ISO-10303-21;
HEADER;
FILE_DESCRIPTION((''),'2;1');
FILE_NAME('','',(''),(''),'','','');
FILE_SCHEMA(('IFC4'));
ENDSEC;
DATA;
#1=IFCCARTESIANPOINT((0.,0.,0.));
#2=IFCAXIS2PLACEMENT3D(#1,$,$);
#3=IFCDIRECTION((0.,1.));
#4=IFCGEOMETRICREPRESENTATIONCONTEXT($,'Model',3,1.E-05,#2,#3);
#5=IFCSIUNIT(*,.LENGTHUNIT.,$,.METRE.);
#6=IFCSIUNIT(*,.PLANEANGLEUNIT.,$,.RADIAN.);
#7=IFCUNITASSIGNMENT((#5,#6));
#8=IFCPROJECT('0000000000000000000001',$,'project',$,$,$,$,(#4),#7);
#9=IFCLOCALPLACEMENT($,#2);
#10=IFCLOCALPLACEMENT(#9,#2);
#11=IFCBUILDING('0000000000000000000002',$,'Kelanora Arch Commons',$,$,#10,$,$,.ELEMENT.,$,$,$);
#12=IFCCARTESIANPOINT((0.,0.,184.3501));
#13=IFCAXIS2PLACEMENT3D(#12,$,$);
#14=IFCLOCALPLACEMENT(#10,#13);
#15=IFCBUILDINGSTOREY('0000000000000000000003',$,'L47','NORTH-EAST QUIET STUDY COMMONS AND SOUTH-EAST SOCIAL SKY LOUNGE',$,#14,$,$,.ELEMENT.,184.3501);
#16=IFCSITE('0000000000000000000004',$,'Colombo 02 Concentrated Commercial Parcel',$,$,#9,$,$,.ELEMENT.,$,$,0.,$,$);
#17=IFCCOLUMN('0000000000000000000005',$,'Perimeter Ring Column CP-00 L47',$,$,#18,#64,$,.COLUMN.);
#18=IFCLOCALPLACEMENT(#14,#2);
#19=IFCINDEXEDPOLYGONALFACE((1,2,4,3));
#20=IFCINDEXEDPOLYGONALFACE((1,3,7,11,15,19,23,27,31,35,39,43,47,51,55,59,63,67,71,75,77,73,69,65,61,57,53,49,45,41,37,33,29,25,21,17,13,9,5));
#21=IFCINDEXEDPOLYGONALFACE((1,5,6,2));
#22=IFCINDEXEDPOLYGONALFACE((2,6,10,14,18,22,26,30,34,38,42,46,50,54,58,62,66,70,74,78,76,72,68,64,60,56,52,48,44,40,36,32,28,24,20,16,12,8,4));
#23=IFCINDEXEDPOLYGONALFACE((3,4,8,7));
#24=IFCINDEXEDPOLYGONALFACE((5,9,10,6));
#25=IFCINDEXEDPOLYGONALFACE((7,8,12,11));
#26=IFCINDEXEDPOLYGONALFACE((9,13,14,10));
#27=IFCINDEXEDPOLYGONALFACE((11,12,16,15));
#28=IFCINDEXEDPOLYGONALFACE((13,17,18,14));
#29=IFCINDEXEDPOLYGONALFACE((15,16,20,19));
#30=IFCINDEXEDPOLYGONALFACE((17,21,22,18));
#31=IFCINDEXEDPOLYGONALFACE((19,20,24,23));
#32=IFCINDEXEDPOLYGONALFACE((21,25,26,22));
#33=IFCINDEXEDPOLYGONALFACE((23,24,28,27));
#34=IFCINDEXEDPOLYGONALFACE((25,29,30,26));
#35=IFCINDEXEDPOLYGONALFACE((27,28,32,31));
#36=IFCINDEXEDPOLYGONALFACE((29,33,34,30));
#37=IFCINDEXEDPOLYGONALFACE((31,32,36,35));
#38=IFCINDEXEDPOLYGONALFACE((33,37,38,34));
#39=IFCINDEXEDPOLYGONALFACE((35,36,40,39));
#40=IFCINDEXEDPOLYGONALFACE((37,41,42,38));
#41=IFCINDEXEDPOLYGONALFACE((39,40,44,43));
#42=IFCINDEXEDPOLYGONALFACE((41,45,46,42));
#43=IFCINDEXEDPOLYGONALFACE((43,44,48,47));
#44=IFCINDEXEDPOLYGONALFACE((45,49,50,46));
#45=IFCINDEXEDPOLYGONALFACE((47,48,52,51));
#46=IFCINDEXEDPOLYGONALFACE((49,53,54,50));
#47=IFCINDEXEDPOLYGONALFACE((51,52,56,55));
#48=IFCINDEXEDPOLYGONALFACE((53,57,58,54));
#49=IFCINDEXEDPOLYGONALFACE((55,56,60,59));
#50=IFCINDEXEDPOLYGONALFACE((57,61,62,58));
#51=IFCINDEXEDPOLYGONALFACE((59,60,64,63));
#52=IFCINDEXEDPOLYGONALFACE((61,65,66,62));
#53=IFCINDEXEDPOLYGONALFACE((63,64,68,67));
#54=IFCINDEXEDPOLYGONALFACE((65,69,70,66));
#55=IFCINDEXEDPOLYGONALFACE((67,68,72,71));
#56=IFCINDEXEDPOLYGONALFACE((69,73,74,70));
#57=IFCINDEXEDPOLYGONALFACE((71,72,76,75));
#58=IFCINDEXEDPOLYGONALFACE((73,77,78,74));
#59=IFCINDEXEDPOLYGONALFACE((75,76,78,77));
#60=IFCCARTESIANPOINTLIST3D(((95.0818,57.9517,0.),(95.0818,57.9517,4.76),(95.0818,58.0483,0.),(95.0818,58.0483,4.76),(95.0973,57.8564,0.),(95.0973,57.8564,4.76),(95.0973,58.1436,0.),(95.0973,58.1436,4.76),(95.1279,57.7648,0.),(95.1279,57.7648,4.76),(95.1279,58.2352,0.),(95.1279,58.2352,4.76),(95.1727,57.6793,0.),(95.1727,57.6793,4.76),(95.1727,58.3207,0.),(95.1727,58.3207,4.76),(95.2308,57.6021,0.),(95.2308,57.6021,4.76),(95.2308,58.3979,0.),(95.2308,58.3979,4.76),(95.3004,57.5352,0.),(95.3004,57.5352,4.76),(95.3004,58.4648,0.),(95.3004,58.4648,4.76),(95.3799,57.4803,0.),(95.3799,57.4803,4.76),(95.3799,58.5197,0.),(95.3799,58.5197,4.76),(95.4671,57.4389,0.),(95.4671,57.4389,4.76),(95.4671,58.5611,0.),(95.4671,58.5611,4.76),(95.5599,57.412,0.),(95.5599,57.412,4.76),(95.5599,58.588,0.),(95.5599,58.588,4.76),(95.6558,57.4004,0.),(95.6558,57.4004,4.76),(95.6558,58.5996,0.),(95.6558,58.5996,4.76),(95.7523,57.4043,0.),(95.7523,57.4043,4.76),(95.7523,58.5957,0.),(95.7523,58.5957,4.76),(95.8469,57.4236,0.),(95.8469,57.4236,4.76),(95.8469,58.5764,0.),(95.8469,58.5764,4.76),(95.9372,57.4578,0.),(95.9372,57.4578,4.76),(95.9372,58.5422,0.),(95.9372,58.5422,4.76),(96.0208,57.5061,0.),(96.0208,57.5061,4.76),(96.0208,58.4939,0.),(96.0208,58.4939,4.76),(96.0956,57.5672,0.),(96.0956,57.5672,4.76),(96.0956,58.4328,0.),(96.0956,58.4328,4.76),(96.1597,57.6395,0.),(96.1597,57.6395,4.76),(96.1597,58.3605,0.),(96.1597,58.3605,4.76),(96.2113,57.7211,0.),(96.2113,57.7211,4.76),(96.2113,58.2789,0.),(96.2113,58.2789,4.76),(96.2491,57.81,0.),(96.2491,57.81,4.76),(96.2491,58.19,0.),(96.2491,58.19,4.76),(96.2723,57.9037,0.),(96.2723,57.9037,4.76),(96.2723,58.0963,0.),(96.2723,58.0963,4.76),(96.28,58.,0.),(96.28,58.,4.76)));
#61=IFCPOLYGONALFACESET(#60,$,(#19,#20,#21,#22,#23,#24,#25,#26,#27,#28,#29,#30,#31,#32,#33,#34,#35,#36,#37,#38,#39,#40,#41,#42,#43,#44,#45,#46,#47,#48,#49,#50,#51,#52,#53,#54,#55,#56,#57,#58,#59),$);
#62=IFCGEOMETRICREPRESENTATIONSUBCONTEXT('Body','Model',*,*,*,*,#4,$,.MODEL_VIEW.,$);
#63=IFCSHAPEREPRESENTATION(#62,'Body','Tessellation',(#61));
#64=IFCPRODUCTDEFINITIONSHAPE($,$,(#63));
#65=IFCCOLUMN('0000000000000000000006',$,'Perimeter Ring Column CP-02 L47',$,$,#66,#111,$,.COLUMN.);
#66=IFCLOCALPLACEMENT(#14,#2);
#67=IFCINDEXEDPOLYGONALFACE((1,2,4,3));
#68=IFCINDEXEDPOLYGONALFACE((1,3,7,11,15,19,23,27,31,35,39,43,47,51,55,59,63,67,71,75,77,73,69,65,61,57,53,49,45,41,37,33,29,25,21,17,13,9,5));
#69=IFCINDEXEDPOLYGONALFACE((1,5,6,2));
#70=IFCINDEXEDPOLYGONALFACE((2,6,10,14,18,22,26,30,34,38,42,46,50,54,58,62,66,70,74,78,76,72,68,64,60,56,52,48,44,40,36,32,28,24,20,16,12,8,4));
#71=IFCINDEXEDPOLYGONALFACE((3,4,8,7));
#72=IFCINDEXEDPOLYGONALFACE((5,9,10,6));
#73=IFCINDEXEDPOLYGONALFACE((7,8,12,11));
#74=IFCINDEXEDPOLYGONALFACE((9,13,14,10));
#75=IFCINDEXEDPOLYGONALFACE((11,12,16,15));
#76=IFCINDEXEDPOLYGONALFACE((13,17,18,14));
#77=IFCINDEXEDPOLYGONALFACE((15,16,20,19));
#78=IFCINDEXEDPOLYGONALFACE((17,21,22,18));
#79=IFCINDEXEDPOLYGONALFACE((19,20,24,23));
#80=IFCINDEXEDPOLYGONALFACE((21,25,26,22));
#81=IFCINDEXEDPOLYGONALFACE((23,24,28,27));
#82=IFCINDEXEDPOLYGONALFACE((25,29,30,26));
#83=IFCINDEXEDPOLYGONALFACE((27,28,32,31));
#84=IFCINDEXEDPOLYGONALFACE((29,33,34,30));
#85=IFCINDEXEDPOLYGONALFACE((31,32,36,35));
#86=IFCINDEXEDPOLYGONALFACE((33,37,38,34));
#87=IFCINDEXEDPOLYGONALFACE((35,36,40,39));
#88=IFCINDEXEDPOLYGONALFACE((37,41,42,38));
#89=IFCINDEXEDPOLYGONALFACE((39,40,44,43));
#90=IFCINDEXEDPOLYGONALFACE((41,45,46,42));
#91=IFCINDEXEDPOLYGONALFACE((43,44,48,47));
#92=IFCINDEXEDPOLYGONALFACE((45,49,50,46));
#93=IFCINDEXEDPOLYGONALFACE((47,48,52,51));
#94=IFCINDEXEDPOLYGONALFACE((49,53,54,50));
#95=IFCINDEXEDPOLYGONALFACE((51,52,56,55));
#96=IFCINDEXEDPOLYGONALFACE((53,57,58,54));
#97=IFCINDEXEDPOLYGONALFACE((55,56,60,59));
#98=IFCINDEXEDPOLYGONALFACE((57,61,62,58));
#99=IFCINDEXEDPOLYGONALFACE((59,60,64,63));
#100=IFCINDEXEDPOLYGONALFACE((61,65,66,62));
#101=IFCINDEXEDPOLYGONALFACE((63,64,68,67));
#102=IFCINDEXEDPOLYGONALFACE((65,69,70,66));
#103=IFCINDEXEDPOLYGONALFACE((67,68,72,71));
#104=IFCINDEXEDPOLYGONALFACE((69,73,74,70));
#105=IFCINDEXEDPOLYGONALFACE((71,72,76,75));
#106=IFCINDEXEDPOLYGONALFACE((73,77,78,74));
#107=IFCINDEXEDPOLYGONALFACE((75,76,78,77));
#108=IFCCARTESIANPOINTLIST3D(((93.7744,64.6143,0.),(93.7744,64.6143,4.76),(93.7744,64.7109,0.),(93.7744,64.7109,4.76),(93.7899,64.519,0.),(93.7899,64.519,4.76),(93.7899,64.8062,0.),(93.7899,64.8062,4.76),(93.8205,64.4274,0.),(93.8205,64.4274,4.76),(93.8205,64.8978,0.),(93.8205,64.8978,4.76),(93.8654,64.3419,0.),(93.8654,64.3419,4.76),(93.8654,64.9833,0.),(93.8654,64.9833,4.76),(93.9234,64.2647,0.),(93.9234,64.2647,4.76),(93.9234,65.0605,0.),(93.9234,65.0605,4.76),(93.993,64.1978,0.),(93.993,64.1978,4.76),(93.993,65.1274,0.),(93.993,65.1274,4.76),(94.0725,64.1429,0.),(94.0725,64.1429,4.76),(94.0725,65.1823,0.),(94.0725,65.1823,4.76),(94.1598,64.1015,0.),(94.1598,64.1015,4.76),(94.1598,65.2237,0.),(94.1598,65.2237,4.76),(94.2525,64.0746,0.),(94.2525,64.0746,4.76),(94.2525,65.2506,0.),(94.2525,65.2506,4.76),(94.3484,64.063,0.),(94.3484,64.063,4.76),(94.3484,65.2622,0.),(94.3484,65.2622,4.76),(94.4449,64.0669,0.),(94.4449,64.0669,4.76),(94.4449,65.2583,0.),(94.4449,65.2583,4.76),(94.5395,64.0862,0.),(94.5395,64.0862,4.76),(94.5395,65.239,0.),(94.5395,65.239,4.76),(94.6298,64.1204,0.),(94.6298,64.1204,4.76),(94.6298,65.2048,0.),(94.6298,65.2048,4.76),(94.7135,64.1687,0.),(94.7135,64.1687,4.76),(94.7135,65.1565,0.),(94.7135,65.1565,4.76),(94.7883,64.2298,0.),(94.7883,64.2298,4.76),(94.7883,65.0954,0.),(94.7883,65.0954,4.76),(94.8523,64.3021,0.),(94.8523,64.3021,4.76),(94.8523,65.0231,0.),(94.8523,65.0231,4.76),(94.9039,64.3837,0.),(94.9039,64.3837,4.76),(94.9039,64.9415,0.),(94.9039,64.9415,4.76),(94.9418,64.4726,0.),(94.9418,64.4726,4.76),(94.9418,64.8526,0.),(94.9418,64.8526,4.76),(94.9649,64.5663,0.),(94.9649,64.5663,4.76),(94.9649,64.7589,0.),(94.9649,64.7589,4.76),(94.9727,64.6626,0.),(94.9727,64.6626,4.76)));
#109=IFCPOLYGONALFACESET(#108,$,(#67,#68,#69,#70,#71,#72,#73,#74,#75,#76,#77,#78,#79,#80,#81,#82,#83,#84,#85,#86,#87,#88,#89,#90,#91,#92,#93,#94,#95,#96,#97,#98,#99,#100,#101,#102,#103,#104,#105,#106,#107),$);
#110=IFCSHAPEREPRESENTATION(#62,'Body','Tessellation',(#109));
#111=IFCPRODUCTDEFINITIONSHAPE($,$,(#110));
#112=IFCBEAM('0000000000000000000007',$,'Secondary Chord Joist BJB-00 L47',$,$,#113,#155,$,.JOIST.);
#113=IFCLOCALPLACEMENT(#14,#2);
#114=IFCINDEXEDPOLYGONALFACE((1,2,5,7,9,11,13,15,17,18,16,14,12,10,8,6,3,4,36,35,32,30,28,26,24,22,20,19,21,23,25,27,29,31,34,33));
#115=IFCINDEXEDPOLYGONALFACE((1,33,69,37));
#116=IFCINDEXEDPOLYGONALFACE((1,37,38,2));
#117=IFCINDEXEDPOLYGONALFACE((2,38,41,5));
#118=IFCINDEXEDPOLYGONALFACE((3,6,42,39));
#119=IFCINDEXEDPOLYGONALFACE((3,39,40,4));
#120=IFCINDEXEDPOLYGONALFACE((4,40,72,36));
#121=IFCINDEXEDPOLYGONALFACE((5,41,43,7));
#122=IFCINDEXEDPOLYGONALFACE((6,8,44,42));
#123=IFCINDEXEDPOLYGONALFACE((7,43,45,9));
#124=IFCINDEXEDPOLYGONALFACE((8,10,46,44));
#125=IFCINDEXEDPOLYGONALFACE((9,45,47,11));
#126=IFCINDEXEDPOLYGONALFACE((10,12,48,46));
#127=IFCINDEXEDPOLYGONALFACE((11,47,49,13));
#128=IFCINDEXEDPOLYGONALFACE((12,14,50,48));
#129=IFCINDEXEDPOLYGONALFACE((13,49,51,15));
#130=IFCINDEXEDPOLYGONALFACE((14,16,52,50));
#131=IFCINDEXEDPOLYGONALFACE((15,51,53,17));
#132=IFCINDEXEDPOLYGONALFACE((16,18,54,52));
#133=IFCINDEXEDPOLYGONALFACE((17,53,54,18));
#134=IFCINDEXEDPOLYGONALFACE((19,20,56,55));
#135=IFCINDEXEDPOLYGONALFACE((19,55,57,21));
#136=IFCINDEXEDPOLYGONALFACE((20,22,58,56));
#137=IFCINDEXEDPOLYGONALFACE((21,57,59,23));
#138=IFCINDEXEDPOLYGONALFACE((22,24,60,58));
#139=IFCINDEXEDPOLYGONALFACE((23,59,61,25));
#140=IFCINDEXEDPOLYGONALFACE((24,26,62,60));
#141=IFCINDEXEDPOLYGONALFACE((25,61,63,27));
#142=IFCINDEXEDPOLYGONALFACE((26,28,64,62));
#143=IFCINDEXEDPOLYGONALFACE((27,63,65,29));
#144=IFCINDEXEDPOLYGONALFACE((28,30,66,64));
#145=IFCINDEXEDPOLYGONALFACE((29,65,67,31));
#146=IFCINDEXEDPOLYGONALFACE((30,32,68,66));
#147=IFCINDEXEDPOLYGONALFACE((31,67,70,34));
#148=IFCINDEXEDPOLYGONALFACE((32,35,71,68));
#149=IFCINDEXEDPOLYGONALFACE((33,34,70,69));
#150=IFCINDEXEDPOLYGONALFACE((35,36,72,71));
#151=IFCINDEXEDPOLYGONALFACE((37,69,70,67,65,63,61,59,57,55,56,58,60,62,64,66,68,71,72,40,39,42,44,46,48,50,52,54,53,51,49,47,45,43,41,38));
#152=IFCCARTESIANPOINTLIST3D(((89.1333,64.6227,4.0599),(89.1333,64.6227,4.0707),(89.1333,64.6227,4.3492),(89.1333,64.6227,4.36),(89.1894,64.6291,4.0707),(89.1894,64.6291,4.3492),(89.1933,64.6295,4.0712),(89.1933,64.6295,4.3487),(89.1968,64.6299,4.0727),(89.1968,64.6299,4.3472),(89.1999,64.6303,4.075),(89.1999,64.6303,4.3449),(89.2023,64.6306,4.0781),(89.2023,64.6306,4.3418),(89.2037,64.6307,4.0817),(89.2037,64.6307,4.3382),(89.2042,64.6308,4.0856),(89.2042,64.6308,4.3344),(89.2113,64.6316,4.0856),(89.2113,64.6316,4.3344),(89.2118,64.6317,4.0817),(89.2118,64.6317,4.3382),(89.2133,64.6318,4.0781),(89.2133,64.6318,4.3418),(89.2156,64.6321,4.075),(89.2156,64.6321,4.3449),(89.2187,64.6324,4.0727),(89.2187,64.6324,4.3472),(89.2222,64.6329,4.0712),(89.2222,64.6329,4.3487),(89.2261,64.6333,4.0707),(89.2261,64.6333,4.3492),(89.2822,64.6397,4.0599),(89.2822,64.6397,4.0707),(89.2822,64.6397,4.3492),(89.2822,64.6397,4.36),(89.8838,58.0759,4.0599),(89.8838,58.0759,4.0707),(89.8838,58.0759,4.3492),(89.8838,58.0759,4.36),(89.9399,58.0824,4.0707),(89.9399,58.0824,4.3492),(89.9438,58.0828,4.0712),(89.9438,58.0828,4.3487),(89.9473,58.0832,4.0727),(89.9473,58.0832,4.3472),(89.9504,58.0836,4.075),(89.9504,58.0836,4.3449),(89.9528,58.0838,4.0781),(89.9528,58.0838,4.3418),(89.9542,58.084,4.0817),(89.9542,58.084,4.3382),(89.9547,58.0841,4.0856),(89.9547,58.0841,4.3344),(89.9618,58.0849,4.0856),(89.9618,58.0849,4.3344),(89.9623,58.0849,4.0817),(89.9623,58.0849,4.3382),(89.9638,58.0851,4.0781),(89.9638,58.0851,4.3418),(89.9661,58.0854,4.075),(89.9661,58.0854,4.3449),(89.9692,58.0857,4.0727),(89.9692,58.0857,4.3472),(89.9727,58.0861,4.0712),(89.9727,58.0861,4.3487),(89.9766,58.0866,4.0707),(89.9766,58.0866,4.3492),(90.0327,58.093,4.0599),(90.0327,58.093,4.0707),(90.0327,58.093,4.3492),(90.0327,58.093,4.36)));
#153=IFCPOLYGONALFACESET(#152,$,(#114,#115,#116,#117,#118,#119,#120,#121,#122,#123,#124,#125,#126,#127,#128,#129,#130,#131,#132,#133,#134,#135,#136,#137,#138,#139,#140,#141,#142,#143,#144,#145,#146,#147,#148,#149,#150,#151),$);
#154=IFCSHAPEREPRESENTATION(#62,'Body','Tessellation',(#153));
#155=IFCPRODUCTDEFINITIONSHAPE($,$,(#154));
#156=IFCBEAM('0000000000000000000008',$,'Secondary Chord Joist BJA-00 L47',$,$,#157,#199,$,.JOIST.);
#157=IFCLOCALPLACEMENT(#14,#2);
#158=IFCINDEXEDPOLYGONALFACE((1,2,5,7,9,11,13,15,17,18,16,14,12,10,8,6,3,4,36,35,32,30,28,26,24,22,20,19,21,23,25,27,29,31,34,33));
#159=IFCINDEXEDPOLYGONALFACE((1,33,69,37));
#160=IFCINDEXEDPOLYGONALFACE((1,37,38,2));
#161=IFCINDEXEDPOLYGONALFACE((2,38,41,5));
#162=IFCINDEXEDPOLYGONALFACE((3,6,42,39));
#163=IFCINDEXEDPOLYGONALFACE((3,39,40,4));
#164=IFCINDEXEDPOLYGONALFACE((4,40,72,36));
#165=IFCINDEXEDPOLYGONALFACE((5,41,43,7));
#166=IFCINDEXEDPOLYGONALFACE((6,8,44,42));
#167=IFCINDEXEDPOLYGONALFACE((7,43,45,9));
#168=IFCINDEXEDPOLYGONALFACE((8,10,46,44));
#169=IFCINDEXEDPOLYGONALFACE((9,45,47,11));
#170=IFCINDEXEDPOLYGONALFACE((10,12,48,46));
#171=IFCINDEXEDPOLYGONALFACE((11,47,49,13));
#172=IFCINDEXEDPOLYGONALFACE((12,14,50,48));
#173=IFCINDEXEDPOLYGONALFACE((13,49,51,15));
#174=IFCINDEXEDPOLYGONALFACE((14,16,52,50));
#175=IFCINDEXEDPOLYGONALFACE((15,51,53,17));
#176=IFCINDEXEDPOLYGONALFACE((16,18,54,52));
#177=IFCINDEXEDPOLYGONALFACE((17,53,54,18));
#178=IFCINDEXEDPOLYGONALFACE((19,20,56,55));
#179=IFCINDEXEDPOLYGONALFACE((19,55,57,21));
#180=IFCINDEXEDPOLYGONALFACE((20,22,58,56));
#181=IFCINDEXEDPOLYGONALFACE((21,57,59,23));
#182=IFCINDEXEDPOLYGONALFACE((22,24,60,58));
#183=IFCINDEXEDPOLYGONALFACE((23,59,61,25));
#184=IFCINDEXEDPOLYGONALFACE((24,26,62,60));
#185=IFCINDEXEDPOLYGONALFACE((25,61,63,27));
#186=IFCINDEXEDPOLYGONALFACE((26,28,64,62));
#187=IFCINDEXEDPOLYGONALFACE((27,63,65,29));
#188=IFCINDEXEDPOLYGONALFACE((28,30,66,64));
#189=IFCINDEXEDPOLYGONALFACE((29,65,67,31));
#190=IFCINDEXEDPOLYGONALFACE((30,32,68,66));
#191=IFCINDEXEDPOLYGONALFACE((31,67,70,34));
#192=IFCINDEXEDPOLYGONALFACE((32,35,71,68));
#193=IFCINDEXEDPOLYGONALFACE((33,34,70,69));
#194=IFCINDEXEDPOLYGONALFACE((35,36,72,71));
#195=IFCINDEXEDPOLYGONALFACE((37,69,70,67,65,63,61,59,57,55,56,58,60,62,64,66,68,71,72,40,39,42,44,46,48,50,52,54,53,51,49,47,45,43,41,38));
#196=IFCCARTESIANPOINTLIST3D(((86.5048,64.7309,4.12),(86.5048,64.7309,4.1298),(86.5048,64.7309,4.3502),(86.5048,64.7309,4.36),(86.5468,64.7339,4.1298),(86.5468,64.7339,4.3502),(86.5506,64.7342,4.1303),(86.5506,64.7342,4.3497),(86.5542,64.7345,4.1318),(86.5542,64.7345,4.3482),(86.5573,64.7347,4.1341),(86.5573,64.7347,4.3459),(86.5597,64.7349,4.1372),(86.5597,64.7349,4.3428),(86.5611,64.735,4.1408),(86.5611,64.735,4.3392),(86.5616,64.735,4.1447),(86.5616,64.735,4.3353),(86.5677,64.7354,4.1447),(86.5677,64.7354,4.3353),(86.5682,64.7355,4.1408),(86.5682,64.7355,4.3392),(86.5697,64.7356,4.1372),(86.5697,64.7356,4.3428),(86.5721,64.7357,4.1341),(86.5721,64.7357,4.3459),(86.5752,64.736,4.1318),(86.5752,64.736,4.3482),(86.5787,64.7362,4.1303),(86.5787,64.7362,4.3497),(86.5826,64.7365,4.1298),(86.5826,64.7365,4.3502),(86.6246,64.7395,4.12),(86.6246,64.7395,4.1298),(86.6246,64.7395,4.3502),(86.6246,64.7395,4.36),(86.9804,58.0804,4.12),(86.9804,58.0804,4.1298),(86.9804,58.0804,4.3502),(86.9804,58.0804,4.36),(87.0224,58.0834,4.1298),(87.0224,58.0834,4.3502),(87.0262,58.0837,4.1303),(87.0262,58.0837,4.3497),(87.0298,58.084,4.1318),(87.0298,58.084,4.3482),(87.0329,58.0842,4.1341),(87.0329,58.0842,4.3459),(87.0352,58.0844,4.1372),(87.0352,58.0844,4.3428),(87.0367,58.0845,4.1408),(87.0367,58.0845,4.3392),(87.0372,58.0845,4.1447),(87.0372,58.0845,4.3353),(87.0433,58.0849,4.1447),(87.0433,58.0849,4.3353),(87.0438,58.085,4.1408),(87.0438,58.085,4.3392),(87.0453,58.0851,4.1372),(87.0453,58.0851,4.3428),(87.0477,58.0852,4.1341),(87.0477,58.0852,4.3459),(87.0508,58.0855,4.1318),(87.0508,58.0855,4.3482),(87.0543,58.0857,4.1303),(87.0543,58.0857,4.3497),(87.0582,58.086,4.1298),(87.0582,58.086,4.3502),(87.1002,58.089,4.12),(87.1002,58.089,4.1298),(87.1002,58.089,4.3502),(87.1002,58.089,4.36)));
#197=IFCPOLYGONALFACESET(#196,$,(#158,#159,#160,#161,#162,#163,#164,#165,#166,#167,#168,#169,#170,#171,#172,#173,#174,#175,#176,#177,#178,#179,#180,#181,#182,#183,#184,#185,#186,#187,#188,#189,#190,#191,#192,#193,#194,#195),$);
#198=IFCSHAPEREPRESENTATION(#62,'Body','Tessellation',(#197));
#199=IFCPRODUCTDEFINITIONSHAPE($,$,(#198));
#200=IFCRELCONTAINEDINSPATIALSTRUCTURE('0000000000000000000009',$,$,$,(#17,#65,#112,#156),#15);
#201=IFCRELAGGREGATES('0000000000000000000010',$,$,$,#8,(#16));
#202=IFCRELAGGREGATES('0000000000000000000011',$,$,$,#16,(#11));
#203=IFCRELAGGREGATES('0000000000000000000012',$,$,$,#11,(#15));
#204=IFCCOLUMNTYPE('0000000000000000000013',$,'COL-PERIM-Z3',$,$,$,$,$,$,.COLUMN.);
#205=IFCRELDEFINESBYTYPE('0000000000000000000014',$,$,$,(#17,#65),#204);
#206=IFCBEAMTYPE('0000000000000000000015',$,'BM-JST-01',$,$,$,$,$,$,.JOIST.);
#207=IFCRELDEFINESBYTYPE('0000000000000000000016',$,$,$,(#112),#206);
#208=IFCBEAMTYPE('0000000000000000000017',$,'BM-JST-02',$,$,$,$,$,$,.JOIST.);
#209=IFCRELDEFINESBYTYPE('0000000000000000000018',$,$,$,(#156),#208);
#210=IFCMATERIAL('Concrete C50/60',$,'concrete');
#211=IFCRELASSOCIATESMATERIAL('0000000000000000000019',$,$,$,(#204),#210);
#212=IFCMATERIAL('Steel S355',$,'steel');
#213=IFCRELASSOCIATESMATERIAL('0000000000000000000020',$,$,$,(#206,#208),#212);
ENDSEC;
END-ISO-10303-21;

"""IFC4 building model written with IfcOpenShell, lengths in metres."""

from ifc_helpers import new_model, si_unit, direction, frame, origin, origin_2d, place, context, subcontext, project, spatial, circle, i_section, extrude, material, material_profile, profile_set, type_object, element, save


model = new_model("IFC4")

# Units and contexts
model_context = context("Model", 3, precision=1e-05, world=origin(), true_north=direction((0.0, 1.0)))
body_context = subcontext(model_context, "Body", "Model", "MODEL_VIEW")
ifc_project = project(units=[si_unit("LENGTHUNIT", "METRE"), si_unit("PLANEANGLEUNIT", "RADIAN")], contexts=[model_context])

# Site, building, storey
site_placement = place(None, origin())
site = spatial("IfcSite", under=ifc_project, at=site_placement, Name="Colombo 02 Concentrated Commercial Parcel", CompositionType="ELEMENT", RefElevation=0.0)
building_placement = place(site_placement, origin())
building = spatial("IfcBuilding", under=site, at=building_placement, Name="Kelanora Arch Commons", CompositionType="ELEMENT")
storey_placement = place(building_placement, frame((0.0, 0.0, 184.3501)))
storey = spatial("IfcBuildingStorey", under=building, at=storey_placement, Name="L47", Description="NORTH-EAST QUIET STUDY COMMONS AND SOUTH-EAST SOCIAL SKY LOUNGE", CompositionType="ELEMENT", Elevation=184.3501)

# Columns
ifc_material_1 = material(Name="Concrete C50/60", Category="concrete")
ifc_material_profile_1 = material_profile(ifc_material_1, circle(Radius=0.6001, at=origin_2d()), Name="RCC1200")
ifc_profile_set_1 = profile_set([ifc_material_profile_1], Name="Concrete C50/60")
column_type = type_object("IfcColumnType", Name="COL-PERIM-Z3", PredefinedType="COLUMN", material=ifc_profile_set_1)
for number, where, z_axis, x_axis, name in (
    (1, (95.6799, 58.0, 0.0), (0.0, 0.0, 1.0), (1.0, 0.0, 0.0), "Perimeter Ring Column CP-00 L47"),
    (2, (94.3726, 64.6626, 0.0), (0.0, 0.0, 1.0), (1.0, 0.0, 0.0), "Perimeter Ring Column CP-02 L47"),
):
    element("IfcColumn", number, at=place(storey_placement, frame(where, z_axis=z_axis, x_axis=x_axis)), inside=storey, type_object=column_type, Name=name, PredefinedType="COLUMN", context=body_context, shape_type="SweptSolid", body=[
        extrude(circle(Radius=0.6001, at=origin_2d()), origin(), (0.0, 0.0, 1.0), 4.76),
    ])

# Beams
ifc_material_2 = material(Name="Steel S355", Category="steel")
ifc_material_profile_2 = material_profile(ifc_material_2, i_section(OverallWidth=0.1499, OverallDepth=0.3, WebThickness=0.0071, FlangeThickness=0.0107, FilletRadius=0.0149, at=origin_2d()), Name="IPE300")
ifc_profile_set_2 = profile_set([ifc_material_profile_2], Name="Steel S355")
beam_type_1 = type_object("IfcBeamType", Name="BM-JST-01", PredefinedType="JOIST", material=ifc_profile_set_2)
beam_1_placement = place(storey_placement, frame((89.9583, 58.0845, 4.21), z_axis=(-0.113891, 0.993493, 0.0), x_axis=(-0.993493, -0.113891, 0.0)))
element("IfcBeam", 3, at=beam_1_placement, inside=storey, type_object=beam_type_1, Name="Secondary Chord Joist BJB-00 L47", PredefinedType="JOIST", context=body_context, shape_type="SweptSolid", body=[
    extrude(i_section(OverallWidth=0.1499, OverallDepth=0.3, WebThickness=0.0071, FlangeThickness=0.0107, FilletRadius=0.0149, at=origin_2d()), origin(), (0.0, 0.0, 1.0), 6.5896),
])
ifc_material_profile_3 = material_profile(ifc_material_2, i_section(OverallWidth=0.1201, OverallDepth=0.24, WebThickness=0.0061, FlangeThickness=0.0098, FilletRadius=0.0149, at=origin_2d()), Name="IPE240")
ifc_profile_set_3 = profile_set([ifc_material_profile_3], Name="Steel S355")
beam_type_2 = type_object("IfcBeamType", Name="BM-JST-02", PredefinedType="JOIST", material=ifc_profile_set_3)
beam_2_placement = place(storey_placement, frame((87.0403, 58.0847, 4.24), z_axis=(-0.07133, 0.997453, 0.0), x_axis=(-0.997453, -0.07133, 0.0)))
element("IfcBeam", 4, at=beam_2_placement, inside=storey, type_object=beam_type_2, Name="Secondary Chord Joist BJA-00 L47", PredefinedType="JOIST", context=body_context, shape_type="SweptSolid", body=[
    extrude(i_section(OverallWidth=0.1201, OverallDepth=0.24, WebThickness=0.0061, FlangeThickness=0.0098, FilletRadius=0.0149, at=origin_2d()), origin(), (0.0, 0.0, 1.0), 6.6675),
])

save(model, "model.ifc")
